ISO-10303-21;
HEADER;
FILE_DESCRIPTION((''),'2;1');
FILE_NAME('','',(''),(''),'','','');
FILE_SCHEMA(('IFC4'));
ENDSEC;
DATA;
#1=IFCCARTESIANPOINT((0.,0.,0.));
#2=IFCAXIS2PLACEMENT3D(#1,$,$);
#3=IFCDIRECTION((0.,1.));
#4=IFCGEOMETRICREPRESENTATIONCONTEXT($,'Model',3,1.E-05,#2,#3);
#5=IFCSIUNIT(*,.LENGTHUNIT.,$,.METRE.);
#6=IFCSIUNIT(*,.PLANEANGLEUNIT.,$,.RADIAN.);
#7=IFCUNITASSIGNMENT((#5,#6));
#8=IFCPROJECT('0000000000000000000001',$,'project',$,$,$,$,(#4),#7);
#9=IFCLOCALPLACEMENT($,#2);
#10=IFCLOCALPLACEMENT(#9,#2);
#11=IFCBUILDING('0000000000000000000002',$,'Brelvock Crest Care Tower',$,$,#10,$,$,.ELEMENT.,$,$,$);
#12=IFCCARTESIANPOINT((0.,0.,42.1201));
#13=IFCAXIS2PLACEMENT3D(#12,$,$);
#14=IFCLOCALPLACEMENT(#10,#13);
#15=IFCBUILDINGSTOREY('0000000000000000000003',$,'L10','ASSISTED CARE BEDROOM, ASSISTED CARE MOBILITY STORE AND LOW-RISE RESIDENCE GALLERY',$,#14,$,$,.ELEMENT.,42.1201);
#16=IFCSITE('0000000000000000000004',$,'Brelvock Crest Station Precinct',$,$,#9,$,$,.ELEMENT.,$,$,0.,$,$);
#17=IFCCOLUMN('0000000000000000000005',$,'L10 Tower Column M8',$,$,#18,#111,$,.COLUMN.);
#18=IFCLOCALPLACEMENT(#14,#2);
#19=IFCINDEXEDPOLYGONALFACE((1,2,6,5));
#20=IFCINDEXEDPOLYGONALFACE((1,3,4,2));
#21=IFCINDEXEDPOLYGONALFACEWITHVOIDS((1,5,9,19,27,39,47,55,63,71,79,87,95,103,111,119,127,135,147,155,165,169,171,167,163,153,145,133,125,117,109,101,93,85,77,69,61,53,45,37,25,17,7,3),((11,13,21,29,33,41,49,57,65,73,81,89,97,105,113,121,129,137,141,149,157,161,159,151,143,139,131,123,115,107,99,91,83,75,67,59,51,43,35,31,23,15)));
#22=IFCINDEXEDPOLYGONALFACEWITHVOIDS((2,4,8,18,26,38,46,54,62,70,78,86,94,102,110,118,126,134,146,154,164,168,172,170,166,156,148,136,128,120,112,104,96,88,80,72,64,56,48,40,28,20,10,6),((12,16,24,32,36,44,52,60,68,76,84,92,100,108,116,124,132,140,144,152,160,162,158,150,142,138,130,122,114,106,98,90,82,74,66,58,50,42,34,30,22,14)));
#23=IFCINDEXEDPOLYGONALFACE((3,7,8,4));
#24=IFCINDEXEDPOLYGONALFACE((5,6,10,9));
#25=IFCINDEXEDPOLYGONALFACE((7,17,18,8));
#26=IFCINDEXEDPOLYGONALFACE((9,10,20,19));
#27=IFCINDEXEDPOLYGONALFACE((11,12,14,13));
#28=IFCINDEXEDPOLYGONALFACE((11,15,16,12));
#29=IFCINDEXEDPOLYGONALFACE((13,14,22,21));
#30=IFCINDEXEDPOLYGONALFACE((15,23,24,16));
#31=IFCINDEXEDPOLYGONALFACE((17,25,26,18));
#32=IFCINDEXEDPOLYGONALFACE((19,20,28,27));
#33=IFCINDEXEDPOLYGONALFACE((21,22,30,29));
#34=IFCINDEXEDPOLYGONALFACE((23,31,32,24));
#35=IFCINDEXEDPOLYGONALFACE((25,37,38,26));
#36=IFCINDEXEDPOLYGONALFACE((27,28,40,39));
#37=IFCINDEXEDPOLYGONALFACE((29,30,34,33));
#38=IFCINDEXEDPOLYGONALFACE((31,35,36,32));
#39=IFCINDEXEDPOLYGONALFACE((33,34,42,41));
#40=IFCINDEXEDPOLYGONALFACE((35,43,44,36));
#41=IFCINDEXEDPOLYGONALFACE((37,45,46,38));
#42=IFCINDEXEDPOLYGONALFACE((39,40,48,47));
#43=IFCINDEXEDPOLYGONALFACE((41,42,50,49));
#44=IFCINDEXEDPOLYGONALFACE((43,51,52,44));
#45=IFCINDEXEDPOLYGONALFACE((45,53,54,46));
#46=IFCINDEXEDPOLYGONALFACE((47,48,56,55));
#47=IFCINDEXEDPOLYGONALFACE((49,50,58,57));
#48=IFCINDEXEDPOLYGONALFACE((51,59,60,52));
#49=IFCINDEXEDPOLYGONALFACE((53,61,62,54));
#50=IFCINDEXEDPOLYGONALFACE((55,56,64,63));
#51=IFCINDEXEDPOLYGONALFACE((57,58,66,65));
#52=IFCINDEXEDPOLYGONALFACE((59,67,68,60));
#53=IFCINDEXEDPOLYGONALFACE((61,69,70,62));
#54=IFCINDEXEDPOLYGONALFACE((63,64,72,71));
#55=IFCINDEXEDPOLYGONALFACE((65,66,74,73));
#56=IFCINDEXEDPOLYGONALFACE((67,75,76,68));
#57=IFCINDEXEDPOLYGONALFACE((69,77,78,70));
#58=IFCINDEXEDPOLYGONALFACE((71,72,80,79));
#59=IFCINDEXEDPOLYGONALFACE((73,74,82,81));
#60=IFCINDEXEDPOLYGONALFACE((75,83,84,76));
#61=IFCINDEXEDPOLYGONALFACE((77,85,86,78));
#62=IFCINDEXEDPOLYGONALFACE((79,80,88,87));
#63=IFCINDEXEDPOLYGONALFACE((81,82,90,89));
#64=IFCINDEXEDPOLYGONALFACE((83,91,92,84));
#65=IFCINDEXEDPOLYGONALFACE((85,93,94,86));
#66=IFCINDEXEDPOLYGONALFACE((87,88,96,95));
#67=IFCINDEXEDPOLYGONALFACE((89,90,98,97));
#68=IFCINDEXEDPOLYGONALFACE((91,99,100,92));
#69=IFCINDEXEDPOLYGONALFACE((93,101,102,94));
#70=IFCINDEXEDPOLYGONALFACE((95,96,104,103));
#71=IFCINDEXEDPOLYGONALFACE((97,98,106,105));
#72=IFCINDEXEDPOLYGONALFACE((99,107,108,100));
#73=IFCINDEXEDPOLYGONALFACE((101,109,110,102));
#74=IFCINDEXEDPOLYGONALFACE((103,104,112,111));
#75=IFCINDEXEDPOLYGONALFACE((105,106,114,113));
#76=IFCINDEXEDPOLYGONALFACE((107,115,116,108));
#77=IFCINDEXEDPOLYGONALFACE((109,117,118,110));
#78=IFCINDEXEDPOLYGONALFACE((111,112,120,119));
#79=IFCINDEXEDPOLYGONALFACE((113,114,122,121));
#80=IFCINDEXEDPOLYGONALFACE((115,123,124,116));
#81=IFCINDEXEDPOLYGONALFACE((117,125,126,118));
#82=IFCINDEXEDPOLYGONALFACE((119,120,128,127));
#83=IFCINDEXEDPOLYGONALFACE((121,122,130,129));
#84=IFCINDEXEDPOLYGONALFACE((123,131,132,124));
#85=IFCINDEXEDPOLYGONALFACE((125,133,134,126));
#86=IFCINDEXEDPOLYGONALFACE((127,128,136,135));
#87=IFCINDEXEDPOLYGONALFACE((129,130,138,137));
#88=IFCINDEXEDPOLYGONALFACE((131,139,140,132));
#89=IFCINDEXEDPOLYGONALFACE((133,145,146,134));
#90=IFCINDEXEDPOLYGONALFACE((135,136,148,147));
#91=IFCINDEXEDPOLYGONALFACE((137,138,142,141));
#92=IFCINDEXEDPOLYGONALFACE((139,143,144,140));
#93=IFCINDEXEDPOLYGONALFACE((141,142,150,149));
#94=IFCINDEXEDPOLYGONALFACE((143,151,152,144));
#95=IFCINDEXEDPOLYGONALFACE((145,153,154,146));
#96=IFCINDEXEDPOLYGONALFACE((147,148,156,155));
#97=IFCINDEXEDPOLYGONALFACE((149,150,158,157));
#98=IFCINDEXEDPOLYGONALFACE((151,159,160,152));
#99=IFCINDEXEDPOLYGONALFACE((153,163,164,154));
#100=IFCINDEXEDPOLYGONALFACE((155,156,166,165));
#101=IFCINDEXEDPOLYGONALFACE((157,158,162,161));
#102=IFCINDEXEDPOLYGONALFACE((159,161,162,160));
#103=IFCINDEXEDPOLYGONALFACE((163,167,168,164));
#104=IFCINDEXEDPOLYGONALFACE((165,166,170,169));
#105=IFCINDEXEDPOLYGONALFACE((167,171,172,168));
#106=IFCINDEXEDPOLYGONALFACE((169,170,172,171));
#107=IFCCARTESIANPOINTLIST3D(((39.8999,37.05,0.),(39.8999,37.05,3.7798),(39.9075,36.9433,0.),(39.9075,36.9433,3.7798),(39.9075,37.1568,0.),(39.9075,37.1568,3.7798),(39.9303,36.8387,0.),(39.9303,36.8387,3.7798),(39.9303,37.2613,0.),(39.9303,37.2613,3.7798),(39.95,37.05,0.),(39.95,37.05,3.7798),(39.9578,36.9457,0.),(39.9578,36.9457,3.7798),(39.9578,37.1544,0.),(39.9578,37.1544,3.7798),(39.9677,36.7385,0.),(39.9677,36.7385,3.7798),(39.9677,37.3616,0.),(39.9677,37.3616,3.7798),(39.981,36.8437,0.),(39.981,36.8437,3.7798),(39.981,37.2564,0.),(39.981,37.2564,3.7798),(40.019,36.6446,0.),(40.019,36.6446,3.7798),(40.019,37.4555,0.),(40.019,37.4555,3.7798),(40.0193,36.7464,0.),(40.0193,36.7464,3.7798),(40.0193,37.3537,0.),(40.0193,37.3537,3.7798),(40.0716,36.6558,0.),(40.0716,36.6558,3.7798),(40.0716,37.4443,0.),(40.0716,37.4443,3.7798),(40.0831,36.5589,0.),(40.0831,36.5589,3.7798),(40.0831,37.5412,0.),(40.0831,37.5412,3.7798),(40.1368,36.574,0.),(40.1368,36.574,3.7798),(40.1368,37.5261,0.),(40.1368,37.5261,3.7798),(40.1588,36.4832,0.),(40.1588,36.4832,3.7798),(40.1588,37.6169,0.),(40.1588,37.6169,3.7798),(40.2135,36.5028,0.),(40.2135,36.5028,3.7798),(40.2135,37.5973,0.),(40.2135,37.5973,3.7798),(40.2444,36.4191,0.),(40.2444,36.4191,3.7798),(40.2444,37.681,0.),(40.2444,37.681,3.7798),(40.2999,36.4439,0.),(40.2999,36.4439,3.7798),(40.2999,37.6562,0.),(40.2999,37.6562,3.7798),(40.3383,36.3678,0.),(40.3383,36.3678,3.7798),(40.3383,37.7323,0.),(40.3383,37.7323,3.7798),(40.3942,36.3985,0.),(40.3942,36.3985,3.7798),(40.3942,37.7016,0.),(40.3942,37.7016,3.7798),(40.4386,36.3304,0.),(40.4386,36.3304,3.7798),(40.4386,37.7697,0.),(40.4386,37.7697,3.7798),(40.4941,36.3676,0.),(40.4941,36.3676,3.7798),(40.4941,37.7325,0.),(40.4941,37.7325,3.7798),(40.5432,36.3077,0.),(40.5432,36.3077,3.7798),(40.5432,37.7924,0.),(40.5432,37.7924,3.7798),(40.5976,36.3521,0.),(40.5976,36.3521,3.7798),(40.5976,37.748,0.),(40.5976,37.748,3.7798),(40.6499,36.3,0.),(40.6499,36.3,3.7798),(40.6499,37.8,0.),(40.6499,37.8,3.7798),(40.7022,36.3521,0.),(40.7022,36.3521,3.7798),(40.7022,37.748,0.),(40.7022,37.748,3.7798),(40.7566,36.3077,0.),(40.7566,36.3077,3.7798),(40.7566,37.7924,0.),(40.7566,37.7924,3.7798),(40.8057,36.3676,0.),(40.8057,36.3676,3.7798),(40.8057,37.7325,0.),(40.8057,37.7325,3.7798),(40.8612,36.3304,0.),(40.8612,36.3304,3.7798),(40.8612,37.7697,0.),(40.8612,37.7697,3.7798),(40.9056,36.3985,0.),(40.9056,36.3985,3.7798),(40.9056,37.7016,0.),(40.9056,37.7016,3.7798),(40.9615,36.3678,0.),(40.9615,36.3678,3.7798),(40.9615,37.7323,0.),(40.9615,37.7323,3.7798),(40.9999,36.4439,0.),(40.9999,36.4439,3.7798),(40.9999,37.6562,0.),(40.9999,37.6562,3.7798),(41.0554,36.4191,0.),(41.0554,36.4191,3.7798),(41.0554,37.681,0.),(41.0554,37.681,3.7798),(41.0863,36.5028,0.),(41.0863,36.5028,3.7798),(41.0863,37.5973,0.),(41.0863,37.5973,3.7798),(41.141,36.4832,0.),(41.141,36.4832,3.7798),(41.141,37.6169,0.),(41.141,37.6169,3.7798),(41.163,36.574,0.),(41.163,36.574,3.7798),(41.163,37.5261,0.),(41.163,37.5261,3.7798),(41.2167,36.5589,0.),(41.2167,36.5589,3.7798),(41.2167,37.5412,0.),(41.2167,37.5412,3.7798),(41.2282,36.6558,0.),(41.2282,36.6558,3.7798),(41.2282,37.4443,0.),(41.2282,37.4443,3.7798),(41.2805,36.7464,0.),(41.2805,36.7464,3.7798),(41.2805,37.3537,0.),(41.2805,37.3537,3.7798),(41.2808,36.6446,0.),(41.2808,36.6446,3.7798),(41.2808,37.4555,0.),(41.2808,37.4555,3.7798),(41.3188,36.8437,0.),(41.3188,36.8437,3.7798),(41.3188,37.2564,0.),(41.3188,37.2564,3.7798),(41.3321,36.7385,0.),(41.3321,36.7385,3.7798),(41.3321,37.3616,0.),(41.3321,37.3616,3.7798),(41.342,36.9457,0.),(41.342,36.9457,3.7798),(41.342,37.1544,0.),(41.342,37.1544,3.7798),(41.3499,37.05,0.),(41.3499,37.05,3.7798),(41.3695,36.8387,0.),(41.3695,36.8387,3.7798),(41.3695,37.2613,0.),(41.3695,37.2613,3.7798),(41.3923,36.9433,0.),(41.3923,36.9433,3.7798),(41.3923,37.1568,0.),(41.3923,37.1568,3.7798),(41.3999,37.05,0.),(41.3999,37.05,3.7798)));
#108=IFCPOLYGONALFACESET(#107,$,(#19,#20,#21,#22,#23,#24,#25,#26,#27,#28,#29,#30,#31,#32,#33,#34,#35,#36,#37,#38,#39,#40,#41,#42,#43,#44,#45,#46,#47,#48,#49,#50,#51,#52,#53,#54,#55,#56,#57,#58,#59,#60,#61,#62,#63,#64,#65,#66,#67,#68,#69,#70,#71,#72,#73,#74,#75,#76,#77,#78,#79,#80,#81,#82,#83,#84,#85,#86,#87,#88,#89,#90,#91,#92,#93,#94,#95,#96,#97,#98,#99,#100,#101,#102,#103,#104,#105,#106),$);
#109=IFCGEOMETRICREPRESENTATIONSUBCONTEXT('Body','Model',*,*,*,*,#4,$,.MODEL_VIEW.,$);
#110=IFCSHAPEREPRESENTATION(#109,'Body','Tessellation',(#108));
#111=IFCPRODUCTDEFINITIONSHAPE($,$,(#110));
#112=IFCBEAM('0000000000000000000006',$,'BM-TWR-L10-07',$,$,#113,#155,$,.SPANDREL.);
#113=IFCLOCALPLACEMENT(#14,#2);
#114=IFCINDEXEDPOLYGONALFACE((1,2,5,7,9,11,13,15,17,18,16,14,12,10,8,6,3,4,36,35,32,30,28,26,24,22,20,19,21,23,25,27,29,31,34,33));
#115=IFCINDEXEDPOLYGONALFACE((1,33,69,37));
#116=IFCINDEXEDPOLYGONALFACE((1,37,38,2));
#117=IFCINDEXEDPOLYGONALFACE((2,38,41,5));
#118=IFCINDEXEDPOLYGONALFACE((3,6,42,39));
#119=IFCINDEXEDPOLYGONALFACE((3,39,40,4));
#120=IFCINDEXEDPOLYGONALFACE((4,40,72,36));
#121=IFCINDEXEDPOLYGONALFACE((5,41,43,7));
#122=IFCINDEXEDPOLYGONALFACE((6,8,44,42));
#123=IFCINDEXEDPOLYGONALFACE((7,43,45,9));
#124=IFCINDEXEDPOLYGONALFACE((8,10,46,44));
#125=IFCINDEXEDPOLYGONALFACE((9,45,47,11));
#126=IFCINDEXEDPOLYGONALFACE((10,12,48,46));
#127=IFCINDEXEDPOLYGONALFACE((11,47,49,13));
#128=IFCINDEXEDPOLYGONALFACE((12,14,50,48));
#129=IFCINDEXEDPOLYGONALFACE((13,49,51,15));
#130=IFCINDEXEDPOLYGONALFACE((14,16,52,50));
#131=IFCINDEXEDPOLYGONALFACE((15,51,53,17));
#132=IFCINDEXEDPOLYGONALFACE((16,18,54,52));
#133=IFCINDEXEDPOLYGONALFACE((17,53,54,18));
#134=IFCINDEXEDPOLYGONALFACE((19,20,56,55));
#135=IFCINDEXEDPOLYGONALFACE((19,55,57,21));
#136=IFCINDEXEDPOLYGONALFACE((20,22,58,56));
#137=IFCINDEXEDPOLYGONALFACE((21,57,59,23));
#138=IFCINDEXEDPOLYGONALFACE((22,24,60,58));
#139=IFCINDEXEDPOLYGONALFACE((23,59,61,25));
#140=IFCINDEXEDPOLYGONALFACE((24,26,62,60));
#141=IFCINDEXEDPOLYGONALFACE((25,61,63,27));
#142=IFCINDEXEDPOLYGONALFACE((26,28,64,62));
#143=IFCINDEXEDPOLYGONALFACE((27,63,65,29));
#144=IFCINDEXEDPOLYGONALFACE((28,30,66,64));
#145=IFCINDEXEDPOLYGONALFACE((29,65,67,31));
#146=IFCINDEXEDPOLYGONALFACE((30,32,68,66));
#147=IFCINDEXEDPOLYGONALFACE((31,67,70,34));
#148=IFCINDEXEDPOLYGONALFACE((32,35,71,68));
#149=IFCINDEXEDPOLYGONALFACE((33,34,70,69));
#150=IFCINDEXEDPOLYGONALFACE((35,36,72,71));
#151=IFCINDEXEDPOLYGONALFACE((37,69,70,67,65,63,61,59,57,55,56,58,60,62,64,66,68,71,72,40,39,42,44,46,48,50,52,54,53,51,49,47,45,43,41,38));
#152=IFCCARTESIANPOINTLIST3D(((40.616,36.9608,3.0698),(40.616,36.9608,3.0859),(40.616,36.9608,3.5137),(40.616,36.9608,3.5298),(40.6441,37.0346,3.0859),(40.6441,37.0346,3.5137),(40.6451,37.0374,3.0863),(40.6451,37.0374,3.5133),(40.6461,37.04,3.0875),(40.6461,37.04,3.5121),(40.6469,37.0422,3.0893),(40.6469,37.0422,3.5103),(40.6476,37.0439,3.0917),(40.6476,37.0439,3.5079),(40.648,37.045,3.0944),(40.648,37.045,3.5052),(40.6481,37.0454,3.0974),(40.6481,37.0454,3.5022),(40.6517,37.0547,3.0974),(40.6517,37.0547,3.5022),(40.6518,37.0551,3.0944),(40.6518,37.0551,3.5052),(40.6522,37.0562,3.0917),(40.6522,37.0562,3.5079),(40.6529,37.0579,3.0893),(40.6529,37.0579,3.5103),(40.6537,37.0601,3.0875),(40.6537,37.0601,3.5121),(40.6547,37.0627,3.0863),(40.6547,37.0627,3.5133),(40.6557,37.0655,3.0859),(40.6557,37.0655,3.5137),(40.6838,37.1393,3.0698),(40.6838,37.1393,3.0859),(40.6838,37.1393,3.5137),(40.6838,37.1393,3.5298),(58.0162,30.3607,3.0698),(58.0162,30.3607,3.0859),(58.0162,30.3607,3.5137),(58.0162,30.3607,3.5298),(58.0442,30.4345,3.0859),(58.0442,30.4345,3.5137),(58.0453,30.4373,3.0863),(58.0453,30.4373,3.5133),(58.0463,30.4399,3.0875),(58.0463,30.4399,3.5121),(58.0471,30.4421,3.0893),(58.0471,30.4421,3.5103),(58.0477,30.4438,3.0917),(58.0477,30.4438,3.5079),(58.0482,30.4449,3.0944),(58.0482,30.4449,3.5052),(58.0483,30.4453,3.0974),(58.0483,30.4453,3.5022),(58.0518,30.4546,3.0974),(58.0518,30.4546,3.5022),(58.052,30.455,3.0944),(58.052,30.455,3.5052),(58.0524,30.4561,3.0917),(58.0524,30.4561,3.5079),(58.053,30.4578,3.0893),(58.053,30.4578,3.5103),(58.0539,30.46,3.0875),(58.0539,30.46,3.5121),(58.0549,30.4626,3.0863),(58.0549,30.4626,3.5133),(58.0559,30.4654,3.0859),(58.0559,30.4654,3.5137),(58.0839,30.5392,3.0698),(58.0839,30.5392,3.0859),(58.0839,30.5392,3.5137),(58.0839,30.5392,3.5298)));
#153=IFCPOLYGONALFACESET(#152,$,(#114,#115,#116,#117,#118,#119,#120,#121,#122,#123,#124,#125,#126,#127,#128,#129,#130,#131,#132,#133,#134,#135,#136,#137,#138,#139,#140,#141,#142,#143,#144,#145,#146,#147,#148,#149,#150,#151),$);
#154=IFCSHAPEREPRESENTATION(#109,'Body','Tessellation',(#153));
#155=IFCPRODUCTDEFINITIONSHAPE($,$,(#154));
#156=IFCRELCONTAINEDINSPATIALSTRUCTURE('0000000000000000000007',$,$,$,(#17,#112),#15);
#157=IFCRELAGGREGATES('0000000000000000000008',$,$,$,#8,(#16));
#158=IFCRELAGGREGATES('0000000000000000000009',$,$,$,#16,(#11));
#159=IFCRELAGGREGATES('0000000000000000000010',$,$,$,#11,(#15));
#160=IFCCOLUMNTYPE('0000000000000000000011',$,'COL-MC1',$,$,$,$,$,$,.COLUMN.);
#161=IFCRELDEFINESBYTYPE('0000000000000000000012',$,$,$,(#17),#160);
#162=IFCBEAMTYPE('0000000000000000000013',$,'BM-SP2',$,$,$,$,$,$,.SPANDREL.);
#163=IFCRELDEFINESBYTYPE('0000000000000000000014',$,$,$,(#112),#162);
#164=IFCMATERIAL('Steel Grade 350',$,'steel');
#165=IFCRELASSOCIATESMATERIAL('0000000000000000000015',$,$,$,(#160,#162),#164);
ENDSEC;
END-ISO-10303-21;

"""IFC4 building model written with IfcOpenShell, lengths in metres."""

from ifc_helpers import new_model, si_unit, direction, frame, origin, origin_2d, place, context, subcontext, project, spatial, hollow_circle, i_section, extrude, source, transform, mapped, material, material_profile, profile_set, type_object, element, save


model = new_model("IFC4")

# Units and contexts
model_context = context("Model", 3, precision=1e-05, world=origin(), true_north=direction((0.0, 1.0)))
body_context = subcontext(model_context, "Body", "Model", "MODEL_VIEW")
ifc_project = project(units=[si_unit("LENGTHUNIT", "METRE"), si_unit("PLANEANGLEUNIT", "RADIAN")], contexts=[model_context])

# Site, building, storey
site_placement = place(None, origin())
site = spatial("IfcSite", under=ifc_project, at=site_placement, Name="Brelvock Crest Station Precinct", CompositionType="ELEMENT", RefElevation=0.0)
building_placement = place(site_placement, origin())
building = spatial("IfcBuilding", under=site, at=building_placement, Name="Brelvock Crest Care Tower", CompositionType="ELEMENT")
storey_placement = place(building_placement, frame((0.0, 0.0, 42.1201)))
storey = spatial("IfcBuildingStorey", under=building, at=storey_placement, Name="L10", Description="ASSISTED CARE BEDROOM, ASSISTED CARE MOBILITY STORE AND LOW-RISE RESIDENCE GALLERY", CompositionType="ELEMENT", Elevation=42.1201)

# Column
ifc_material_1 = material(Name="Steel Grade 350", Category="steel")
ifc_material_profile_1 = material_profile(ifc_material_1, hollow_circle(Radius=0.75, WallThickness=0.05, at=origin_2d()), Name="CFT1500x50")
ifc_profile_set_1 = profile_set([ifc_material_profile_1], Name="Steel Grade 350")
column_type = type_object("IfcColumnType", Name="COL-MC1", PredefinedType="COLUMN", material=ifc_profile_set_1)
shared_shape_1 = source(origin(), body_context, "Body", "SweptSolid", [
    extrude(hollow_circle(Radius=0.75, WallThickness=0.05, at=origin_2d()), origin(), (0.0, 0.0, 1.0), 3.7798),
])
column_placement = place(storey_placement, frame((40.6499, 37.05, 0.0), z_axis=(0.0, 0.0, 1.0), x_axis=(1.0, 0.0, 0.0)))
element("IfcColumn", 1, at=column_placement, inside=storey, type_object=column_type, Name="L10 Tower Column M8", PredefinedType="COLUMN", context=body_context, shape_type="MappedRepresentation", body=[
    mapped(shared_shape_1, transform((0.0, 0.0, 0.0), x_axis=(1.0, 0.0, 0.0), y_axis=(0.0, 1.0, 0.0), z_axis=(0.0, 0.0, 1.0), scale=1.0)),
])

# Beam
ifc_material_profile_2 = material_profile(ifc_material_1, i_section(OverallWidth=0.1909, OverallDepth=0.46, WebThickness=0.01, FlangeThickness=0.0161, FilletRadius=0.0115, at=origin_2d()), Name="460UB82.1")
ifc_profile_set_2 = profile_set([ifc_material_profile_2], Name="Steel Grade 350")
beam_type_1 = type_object("IfcBeamType", Name="BM-SP2", PredefinedType="SPANDREL", material=ifc_profile_set_2)
shared_shape_2 = source(origin(), body_context, "Body", "SweptSolid", [
    extrude(i_section(OverallWidth=0.1909, OverallDepth=0.46, WebThickness=0.01, FlangeThickness=0.0161, FilletRadius=0.0115, at=origin_2d()), origin(), (0.0, 0.0, 1.0), 18.6099),
])
beam_placement = place(storey_placement, frame((40.6499, 37.05, 3.2998), z_axis=(0.934997, -0.354656, 0.0), x_axis=(0.354656, 0.934997, 0.0)))
element("IfcBeam", 2, at=beam_placement, inside=storey, type_object=beam_type_1, Name="BM-TWR-L10-07", PredefinedType="SPANDREL", context=body_context, shape_type="MappedRepresentation", body=[
    mapped(shared_shape_2, transform((0.0, 0.0, 0.0), x_axis=(1.0, 0.0, 0.0), y_axis=(0.0, 1.0, 0.0), z_axis=(0.0, 0.0, 1.0), scale=1.0)),
])

save(model, "model.ifc")
